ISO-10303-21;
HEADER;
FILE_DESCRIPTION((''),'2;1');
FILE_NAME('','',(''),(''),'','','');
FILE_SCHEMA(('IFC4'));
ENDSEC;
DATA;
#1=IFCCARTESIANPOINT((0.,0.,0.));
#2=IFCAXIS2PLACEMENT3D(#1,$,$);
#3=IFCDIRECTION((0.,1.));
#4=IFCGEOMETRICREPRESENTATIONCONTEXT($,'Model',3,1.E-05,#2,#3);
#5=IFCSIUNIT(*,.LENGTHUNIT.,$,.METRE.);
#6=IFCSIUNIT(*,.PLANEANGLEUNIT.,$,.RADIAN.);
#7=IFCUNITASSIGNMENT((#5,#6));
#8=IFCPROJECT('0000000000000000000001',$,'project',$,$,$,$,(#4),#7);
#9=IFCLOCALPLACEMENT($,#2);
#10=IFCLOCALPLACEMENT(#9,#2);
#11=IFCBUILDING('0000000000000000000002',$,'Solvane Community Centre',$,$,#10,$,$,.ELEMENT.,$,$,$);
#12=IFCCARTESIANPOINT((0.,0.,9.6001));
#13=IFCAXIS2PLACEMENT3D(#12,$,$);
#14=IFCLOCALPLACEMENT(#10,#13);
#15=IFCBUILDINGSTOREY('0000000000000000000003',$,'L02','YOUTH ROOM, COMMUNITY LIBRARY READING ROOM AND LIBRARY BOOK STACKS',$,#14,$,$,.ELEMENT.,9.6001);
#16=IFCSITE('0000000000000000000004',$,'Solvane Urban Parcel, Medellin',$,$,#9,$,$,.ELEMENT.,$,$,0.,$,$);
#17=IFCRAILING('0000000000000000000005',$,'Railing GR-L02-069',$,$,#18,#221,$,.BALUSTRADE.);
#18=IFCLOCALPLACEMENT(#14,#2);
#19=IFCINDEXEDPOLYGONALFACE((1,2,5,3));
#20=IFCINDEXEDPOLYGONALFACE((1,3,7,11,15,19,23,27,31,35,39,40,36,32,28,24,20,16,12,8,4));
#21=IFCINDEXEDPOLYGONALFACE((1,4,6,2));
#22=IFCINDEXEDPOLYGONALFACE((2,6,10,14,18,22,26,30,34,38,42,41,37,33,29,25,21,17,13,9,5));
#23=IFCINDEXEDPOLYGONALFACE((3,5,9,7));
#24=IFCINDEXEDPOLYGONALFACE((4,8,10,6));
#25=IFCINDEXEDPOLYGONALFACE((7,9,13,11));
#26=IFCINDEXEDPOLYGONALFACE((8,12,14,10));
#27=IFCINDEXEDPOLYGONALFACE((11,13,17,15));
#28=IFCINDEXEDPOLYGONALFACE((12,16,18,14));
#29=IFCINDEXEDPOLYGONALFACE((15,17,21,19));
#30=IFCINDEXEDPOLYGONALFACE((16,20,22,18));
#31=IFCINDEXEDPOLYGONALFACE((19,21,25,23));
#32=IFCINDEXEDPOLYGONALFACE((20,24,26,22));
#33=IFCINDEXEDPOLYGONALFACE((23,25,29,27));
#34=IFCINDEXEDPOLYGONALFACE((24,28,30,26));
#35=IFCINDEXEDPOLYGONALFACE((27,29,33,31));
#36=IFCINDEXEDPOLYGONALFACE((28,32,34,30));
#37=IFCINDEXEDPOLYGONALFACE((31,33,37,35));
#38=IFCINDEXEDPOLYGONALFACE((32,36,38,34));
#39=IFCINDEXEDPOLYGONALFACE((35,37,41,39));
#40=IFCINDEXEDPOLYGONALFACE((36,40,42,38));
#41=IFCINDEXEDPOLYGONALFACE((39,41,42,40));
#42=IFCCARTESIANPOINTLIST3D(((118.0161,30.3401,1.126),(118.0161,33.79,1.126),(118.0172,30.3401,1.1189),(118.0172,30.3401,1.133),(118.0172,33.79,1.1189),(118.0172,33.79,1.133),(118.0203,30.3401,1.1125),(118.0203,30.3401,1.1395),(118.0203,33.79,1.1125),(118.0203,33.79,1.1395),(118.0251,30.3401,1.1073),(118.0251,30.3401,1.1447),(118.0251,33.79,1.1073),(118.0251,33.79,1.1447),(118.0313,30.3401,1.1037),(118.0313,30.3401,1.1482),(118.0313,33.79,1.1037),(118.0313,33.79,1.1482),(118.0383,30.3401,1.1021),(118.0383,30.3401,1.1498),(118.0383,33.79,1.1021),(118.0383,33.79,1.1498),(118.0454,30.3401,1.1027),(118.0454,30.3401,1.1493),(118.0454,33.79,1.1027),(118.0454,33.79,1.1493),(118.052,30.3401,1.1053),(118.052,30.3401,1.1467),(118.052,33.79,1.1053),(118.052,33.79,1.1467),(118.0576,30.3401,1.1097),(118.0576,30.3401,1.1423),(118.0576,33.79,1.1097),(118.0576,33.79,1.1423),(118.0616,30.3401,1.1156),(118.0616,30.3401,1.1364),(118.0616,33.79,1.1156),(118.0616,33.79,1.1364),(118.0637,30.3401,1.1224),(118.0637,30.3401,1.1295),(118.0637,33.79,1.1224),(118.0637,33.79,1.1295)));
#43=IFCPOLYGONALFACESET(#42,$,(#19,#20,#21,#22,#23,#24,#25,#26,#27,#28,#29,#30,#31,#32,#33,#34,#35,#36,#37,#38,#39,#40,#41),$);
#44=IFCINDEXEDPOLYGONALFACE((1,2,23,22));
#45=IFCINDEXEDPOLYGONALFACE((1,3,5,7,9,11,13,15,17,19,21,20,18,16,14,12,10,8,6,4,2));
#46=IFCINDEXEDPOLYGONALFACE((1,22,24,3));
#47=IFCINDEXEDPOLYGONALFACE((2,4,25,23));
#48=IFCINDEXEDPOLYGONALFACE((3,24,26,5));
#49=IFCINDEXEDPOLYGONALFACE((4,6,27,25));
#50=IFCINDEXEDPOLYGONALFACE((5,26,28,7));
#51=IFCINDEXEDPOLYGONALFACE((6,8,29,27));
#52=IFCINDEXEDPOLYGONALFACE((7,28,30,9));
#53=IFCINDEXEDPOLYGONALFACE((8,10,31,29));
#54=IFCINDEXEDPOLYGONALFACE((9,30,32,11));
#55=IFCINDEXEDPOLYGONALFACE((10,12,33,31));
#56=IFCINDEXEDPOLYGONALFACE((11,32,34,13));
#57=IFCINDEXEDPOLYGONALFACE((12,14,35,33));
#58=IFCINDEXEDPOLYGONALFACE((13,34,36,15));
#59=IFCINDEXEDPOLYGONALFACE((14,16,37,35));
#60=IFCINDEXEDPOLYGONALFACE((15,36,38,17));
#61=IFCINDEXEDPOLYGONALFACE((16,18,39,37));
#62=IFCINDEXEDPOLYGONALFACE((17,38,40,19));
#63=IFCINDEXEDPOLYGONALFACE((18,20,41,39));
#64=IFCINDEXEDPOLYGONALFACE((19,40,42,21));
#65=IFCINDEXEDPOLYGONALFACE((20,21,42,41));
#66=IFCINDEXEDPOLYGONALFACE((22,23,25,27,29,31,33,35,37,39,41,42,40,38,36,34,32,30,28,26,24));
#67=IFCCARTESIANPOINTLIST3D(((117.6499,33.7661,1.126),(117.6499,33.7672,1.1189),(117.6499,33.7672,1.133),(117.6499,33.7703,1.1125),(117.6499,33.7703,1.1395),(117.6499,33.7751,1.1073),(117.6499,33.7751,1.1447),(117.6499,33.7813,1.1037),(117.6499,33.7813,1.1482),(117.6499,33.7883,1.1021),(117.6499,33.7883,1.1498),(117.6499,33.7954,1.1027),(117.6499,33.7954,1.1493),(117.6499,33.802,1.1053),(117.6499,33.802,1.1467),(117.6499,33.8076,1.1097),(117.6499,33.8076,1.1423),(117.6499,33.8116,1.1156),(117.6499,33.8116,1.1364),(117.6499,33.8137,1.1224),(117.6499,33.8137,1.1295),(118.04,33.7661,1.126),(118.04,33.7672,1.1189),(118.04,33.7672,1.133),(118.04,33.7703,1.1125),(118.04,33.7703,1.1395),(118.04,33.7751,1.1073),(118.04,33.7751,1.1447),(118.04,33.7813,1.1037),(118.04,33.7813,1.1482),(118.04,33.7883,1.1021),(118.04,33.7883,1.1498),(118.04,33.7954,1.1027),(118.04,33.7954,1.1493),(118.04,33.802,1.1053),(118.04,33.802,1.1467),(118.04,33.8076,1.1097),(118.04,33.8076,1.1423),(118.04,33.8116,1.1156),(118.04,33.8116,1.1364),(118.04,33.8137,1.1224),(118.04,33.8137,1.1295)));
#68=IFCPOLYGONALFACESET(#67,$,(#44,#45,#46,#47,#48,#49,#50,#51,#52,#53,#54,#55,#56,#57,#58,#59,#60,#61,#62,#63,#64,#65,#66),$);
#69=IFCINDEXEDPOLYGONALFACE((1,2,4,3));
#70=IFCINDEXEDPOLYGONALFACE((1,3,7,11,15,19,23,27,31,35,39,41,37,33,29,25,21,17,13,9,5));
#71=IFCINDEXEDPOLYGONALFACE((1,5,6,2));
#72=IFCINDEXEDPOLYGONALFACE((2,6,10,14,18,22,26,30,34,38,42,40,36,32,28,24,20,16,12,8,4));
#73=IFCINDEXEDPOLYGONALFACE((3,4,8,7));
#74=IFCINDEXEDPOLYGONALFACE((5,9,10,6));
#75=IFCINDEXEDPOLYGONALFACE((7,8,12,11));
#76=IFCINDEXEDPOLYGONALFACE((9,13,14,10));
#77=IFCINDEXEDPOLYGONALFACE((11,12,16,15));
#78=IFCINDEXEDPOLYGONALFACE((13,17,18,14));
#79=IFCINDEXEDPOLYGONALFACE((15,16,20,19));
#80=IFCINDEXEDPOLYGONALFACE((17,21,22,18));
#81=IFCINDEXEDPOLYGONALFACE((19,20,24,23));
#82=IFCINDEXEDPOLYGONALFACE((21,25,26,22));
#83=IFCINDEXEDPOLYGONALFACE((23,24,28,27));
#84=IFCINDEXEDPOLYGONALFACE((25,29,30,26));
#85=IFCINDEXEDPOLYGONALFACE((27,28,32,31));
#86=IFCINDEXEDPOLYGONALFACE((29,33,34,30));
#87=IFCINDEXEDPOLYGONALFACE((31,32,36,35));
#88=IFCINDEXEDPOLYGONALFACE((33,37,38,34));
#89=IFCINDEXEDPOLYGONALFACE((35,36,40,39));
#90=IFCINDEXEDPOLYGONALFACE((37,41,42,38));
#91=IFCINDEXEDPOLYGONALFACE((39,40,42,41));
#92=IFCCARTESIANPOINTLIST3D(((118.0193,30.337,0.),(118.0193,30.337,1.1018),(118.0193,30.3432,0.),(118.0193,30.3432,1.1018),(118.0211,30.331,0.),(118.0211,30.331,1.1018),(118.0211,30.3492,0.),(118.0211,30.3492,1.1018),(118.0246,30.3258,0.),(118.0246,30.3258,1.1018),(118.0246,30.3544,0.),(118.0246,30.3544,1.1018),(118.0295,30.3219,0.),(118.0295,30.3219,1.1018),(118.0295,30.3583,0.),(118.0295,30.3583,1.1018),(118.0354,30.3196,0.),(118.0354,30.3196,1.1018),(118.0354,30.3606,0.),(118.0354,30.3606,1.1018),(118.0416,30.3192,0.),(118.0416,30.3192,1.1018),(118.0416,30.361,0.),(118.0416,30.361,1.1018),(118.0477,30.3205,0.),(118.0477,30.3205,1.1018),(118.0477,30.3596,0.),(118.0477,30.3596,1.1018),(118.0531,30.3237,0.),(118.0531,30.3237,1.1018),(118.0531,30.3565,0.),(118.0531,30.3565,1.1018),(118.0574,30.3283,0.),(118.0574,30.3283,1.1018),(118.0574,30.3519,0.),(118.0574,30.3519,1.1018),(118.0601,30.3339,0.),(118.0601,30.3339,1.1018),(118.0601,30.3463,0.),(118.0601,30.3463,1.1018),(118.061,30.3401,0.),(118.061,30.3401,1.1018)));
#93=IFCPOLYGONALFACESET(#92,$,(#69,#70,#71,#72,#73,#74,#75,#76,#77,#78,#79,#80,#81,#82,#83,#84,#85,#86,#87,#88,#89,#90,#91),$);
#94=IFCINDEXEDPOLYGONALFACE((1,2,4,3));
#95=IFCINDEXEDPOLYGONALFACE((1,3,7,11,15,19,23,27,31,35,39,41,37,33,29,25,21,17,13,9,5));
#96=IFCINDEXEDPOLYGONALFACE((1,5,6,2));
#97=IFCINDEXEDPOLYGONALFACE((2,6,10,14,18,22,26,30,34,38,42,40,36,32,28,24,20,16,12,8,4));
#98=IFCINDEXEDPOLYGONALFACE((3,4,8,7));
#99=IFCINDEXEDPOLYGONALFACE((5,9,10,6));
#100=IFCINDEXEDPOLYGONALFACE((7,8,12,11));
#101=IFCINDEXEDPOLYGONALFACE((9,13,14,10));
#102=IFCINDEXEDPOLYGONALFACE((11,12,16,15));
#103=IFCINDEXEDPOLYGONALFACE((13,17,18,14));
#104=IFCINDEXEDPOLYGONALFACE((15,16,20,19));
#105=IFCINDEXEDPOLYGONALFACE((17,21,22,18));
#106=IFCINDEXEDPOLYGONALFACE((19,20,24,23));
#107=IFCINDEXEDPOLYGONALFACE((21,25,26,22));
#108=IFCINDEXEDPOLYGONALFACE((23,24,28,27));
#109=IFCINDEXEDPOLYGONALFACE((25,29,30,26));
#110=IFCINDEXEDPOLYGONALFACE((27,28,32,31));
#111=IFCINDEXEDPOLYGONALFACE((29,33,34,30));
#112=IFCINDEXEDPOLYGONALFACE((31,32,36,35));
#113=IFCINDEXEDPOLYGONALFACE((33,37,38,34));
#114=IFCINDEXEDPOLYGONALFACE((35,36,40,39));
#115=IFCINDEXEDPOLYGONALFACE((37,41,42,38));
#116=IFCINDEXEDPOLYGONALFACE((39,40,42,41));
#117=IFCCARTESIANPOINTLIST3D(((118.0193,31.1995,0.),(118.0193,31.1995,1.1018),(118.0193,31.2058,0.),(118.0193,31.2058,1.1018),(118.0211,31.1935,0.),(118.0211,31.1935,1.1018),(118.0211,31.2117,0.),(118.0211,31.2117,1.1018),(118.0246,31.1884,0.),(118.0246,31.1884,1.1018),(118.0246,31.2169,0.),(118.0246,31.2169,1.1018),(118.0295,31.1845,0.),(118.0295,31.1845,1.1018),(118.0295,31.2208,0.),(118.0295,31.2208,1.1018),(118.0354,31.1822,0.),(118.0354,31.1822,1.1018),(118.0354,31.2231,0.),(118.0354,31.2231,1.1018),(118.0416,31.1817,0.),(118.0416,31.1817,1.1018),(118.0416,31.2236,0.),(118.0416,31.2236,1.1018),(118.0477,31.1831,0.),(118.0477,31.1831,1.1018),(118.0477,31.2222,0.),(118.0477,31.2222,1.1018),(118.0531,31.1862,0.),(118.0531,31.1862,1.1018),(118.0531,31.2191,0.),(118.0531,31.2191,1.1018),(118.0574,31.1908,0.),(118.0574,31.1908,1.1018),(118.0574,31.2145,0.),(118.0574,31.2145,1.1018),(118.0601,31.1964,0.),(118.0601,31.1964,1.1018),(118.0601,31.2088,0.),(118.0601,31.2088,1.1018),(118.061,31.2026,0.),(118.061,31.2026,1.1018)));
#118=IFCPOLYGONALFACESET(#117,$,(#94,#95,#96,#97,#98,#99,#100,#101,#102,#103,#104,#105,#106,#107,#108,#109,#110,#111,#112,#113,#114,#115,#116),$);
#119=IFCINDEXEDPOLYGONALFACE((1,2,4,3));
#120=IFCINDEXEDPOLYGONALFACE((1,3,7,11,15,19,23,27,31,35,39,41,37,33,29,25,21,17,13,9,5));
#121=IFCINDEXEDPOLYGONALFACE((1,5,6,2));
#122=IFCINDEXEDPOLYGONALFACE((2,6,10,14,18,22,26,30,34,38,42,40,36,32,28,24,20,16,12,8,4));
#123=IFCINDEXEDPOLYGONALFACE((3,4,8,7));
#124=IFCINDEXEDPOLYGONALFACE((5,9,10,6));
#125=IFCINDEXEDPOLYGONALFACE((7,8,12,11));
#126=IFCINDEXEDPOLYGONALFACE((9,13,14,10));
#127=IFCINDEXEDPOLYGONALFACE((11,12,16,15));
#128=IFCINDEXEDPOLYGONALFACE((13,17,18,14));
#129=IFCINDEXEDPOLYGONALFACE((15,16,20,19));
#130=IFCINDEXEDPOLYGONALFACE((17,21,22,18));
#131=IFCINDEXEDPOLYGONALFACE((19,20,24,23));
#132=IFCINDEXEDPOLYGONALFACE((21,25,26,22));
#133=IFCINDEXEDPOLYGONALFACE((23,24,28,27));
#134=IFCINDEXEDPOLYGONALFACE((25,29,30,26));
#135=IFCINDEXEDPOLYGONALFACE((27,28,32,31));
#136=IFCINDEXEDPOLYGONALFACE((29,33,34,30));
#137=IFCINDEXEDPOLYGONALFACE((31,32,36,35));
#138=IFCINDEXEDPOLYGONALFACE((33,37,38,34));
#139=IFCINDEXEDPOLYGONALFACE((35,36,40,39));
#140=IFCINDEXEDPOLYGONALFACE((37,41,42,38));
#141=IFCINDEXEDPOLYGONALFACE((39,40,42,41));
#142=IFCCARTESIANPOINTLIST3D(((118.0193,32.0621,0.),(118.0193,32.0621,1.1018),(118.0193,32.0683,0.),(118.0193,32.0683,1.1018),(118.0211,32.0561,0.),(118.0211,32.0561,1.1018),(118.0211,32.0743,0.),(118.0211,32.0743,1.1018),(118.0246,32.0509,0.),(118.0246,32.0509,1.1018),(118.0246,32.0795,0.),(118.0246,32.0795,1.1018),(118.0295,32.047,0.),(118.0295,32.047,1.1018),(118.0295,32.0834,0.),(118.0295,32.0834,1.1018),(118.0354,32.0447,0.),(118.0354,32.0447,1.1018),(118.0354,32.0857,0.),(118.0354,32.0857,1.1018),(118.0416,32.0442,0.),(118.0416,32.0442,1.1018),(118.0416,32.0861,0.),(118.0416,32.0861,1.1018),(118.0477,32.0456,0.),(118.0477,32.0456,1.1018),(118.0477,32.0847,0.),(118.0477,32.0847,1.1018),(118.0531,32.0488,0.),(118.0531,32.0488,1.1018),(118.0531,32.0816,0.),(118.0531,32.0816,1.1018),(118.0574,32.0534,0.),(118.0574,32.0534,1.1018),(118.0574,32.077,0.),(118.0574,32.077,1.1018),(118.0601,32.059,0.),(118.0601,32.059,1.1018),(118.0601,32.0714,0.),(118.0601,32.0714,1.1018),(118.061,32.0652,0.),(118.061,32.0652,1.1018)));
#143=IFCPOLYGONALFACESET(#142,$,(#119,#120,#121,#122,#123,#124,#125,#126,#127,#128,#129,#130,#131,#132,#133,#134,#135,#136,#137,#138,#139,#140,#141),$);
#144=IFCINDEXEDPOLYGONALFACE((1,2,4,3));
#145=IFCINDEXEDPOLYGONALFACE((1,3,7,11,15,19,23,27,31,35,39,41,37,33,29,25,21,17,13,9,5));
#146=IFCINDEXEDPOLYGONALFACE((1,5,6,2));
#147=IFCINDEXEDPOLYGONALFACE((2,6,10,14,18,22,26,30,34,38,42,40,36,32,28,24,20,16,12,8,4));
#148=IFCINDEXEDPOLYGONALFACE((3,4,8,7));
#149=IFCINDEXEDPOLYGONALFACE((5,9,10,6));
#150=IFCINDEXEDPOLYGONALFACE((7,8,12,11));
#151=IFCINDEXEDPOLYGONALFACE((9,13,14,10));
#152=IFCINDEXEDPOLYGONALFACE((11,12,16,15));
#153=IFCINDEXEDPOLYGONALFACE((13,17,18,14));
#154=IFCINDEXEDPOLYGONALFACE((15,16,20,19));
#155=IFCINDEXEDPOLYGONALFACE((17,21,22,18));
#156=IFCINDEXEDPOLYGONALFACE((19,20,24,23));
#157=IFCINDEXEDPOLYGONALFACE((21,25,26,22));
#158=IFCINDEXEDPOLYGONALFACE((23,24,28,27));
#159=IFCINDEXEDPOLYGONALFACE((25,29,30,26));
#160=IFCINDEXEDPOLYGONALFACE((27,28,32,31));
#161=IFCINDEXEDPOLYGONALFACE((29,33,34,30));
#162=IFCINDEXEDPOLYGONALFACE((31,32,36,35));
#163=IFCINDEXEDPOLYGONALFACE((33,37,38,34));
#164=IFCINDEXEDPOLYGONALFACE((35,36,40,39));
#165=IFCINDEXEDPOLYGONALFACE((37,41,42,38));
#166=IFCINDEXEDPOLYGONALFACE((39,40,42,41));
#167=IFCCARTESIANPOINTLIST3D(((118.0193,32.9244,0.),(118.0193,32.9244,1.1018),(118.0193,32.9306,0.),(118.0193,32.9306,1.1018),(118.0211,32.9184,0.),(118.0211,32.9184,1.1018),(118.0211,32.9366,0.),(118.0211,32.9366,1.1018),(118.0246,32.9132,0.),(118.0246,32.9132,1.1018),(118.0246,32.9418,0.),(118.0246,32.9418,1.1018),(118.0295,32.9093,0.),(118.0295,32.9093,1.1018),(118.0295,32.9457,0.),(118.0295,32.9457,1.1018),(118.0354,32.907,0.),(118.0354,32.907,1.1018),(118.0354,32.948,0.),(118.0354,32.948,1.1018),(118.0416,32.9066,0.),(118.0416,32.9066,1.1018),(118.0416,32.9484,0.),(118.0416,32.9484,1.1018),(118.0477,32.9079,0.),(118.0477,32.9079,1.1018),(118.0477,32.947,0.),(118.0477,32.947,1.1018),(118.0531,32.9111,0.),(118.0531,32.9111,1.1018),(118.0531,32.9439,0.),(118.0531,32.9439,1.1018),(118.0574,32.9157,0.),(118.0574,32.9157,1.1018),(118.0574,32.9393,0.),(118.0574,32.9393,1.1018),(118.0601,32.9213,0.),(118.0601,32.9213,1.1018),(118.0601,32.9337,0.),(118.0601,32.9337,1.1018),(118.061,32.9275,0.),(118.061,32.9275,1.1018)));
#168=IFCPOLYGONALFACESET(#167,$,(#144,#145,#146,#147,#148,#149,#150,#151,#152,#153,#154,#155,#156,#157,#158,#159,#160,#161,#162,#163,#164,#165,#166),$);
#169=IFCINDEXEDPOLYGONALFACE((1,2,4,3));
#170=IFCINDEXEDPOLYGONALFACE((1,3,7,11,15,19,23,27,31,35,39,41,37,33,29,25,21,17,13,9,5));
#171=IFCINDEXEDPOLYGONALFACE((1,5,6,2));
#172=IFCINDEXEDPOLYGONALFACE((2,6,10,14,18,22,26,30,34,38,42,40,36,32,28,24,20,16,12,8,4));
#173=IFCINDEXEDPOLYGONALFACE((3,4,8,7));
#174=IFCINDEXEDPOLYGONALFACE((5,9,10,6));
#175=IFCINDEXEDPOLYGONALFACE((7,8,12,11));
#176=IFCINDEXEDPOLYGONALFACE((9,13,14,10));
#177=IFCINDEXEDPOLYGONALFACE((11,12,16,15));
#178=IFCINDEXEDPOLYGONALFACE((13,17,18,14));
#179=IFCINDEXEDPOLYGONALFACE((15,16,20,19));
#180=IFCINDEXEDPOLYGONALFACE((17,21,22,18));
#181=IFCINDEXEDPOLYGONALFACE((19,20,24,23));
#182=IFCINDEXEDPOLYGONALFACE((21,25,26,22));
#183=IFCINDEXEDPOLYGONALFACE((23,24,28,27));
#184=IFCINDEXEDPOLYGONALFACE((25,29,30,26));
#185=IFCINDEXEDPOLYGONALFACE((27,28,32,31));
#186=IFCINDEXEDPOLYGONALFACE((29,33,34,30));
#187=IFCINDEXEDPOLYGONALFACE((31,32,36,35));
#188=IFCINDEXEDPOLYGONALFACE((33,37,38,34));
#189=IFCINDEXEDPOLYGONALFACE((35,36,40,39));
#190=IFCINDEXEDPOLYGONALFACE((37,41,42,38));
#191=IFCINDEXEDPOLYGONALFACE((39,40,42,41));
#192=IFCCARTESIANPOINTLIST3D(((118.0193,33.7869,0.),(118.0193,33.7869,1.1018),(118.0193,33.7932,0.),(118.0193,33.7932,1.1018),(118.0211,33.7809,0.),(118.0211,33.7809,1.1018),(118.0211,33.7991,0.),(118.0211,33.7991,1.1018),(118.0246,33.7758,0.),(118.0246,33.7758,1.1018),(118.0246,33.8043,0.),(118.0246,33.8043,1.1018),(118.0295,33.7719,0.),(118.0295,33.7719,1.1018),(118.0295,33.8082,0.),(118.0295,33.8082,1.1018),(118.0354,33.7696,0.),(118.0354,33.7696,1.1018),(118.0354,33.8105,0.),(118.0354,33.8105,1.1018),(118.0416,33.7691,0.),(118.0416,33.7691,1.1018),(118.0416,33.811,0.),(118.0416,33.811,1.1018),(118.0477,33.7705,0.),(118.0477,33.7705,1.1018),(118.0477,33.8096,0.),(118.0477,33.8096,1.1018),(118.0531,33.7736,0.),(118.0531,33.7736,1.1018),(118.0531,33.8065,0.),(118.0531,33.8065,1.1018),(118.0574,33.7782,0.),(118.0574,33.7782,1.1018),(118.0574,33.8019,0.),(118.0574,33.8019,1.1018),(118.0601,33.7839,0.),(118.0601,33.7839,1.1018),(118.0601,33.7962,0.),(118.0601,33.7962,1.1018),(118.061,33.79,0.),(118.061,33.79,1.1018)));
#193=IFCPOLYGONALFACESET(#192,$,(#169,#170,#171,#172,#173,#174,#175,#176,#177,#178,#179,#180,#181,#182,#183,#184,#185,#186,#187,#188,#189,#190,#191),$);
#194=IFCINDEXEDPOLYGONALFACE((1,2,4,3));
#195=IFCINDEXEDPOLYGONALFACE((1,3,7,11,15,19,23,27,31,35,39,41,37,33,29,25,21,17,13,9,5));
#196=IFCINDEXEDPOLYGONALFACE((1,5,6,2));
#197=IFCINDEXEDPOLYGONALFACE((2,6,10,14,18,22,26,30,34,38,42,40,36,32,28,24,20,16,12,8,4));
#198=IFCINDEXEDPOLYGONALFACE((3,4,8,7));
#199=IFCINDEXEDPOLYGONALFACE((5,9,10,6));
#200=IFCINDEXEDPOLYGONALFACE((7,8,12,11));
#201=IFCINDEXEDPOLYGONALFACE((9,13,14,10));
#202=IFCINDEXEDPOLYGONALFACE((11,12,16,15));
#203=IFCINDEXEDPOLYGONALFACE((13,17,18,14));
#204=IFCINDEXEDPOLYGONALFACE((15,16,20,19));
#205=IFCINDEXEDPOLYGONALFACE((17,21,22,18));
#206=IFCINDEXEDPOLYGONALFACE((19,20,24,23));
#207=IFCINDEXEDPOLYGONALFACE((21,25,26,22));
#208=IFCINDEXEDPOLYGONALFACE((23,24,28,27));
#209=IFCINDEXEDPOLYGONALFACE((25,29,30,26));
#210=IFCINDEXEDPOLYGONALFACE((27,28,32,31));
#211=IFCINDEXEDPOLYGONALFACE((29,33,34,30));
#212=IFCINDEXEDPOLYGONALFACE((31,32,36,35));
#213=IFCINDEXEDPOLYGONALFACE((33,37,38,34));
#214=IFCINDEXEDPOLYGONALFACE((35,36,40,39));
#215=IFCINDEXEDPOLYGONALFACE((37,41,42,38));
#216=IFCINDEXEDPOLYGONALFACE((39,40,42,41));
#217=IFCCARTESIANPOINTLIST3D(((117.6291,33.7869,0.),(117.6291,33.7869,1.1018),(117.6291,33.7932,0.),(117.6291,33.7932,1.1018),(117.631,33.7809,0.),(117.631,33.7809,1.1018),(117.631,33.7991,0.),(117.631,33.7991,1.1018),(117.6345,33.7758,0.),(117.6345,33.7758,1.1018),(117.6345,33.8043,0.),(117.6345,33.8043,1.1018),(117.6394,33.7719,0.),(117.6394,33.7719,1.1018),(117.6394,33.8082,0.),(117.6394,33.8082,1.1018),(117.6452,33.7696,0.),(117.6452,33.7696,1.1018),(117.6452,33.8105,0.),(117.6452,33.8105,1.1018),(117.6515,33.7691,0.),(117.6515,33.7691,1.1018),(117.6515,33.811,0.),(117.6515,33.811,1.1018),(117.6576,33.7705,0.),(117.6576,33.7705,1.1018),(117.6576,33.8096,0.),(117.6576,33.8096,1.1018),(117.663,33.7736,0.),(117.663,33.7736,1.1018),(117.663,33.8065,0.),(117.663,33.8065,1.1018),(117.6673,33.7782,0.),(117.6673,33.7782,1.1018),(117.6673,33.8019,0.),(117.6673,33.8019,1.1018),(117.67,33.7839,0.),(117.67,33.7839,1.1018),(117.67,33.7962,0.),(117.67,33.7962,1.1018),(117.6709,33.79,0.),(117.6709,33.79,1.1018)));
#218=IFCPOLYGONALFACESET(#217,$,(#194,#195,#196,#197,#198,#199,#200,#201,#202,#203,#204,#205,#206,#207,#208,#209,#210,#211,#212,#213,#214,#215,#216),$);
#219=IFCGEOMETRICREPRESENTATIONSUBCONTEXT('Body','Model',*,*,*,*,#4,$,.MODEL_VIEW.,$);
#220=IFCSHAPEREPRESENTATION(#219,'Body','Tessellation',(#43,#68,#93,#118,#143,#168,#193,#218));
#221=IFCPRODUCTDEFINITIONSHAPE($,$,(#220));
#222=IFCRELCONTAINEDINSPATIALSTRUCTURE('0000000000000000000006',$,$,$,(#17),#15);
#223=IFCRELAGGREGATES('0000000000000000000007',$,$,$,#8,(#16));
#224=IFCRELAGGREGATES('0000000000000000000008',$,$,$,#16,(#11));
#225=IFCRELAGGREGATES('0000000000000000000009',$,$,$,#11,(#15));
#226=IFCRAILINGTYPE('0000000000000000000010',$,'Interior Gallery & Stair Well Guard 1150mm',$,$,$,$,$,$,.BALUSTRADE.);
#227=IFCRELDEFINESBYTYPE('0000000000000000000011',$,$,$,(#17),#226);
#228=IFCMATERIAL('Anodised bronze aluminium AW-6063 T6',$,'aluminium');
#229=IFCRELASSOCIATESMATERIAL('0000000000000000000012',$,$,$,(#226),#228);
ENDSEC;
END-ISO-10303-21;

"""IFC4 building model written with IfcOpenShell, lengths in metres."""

from ifc_helpers import new_model, si_unit, direction, frame, origin, origin_2d, place, context, subcontext, project, spatial, circle, extrude, material, type_object, element, save


model = new_model("IFC4")

# Units and contexts
model_context = context("Model", 3, precision=1e-05, world=origin(), true_north=direction((0.0, 1.0)))
body_context = subcontext(model_context, "Body", "Model", "MODEL_VIEW")
ifc_project = project(units=[si_unit("LENGTHUNIT", "METRE"), si_unit("PLANEANGLEUNIT", "RADIAN")], contexts=[model_context])

# Site, building, storey
site_placement = place(None, origin())
site = spatial("IfcSite", under=ifc_project, at=site_placement, Name="Solvane Urban Parcel, Medellin", CompositionType="ELEMENT", RefElevation=0.0)
building_placement = place(site_placement, origin())
building = spatial("IfcBuilding", under=site, at=building_placement, Name="Solvane Community Centre", CompositionType="ELEMENT")
storey_placement = place(building_placement, frame((0.0, 0.0, 9.6001)))
storey = spatial("IfcBuildingStorey", under=building, at=storey_placement, Name="L02", Description="YOUTH ROOM, COMMUNITY LIBRARY READING ROOM AND LIBRARY BOOK STACKS", CompositionType="ELEMENT", Elevation=9.6001)

# Shared definitions
ifc_material_1 = material(Name="Anodised bronze aluminium AW-6063 T6", Category="aluminium")

# Railing
railing_type_1 = type_object("IfcRailingType", Name="Interior Gallery & Stair Well Guard 1150mm", PredefinedType="BALUSTRADE", material=ifc_material_1)
railing_1_placement = place(storey_placement, frame((118.04, 30.3401, 0.0)))
element("IfcRailing", 1, at=railing_1_placement, inside=storey, type_object=railing_type_1, Name="Railing GR-L02-069", PredefinedType="BALUSTRADE", context=body_context, shape_type="SweptSolid", body=[
    extrude(circle(Radius=0.0239, at=origin_2d()), frame((0.0, 0.0, 1.126), z_axis=(0.0, 1.0, 0.0), x_axis=(-1.0, 0.0, 0.0)), (0.0, 0.0, 1.0), 3.45),
    extrude(circle(Radius=0.0239, at=origin_2d()), frame((0.0, 3.45, 1.126), z_axis=(-1.0, 0.0, 0.0), x_axis=(0.0, -1.0, 0.0)), (0.0, 0.0, 1.0), 0.3901),
    extrude(circle(Radius=0.021, at=origin_2d()), origin(), (0.0, 0.0, 1.0), 1.1018),
    extrude(circle(Radius=0.021, at=origin_2d()), frame((0.0, 0.8625, 0.0)), (0.0, 0.0, 1.0), 1.1018),
    extrude(circle(Radius=0.021, at=origin_2d()), frame((0.0, 1.7251, 0.0)), (0.0, 0.0, 1.0), 1.1018),
    extrude(circle(Radius=0.021, at=origin_2d()), frame((0.0, 2.5874, 0.0)), (0.0, 0.0, 1.0), 1.1018),
    extrude(circle(Radius=0.021, at=origin_2d()), frame((0.0, 3.45, 0.0)), (0.0, 0.0, 1.0), 1.1018),
    extrude(circle(Radius=0.021, at=origin_2d()), frame((-0.3901, 3.45, 0.0)), (0.0, 0.0, 1.0), 1.1018),
])

save(model, "model.ifc")
